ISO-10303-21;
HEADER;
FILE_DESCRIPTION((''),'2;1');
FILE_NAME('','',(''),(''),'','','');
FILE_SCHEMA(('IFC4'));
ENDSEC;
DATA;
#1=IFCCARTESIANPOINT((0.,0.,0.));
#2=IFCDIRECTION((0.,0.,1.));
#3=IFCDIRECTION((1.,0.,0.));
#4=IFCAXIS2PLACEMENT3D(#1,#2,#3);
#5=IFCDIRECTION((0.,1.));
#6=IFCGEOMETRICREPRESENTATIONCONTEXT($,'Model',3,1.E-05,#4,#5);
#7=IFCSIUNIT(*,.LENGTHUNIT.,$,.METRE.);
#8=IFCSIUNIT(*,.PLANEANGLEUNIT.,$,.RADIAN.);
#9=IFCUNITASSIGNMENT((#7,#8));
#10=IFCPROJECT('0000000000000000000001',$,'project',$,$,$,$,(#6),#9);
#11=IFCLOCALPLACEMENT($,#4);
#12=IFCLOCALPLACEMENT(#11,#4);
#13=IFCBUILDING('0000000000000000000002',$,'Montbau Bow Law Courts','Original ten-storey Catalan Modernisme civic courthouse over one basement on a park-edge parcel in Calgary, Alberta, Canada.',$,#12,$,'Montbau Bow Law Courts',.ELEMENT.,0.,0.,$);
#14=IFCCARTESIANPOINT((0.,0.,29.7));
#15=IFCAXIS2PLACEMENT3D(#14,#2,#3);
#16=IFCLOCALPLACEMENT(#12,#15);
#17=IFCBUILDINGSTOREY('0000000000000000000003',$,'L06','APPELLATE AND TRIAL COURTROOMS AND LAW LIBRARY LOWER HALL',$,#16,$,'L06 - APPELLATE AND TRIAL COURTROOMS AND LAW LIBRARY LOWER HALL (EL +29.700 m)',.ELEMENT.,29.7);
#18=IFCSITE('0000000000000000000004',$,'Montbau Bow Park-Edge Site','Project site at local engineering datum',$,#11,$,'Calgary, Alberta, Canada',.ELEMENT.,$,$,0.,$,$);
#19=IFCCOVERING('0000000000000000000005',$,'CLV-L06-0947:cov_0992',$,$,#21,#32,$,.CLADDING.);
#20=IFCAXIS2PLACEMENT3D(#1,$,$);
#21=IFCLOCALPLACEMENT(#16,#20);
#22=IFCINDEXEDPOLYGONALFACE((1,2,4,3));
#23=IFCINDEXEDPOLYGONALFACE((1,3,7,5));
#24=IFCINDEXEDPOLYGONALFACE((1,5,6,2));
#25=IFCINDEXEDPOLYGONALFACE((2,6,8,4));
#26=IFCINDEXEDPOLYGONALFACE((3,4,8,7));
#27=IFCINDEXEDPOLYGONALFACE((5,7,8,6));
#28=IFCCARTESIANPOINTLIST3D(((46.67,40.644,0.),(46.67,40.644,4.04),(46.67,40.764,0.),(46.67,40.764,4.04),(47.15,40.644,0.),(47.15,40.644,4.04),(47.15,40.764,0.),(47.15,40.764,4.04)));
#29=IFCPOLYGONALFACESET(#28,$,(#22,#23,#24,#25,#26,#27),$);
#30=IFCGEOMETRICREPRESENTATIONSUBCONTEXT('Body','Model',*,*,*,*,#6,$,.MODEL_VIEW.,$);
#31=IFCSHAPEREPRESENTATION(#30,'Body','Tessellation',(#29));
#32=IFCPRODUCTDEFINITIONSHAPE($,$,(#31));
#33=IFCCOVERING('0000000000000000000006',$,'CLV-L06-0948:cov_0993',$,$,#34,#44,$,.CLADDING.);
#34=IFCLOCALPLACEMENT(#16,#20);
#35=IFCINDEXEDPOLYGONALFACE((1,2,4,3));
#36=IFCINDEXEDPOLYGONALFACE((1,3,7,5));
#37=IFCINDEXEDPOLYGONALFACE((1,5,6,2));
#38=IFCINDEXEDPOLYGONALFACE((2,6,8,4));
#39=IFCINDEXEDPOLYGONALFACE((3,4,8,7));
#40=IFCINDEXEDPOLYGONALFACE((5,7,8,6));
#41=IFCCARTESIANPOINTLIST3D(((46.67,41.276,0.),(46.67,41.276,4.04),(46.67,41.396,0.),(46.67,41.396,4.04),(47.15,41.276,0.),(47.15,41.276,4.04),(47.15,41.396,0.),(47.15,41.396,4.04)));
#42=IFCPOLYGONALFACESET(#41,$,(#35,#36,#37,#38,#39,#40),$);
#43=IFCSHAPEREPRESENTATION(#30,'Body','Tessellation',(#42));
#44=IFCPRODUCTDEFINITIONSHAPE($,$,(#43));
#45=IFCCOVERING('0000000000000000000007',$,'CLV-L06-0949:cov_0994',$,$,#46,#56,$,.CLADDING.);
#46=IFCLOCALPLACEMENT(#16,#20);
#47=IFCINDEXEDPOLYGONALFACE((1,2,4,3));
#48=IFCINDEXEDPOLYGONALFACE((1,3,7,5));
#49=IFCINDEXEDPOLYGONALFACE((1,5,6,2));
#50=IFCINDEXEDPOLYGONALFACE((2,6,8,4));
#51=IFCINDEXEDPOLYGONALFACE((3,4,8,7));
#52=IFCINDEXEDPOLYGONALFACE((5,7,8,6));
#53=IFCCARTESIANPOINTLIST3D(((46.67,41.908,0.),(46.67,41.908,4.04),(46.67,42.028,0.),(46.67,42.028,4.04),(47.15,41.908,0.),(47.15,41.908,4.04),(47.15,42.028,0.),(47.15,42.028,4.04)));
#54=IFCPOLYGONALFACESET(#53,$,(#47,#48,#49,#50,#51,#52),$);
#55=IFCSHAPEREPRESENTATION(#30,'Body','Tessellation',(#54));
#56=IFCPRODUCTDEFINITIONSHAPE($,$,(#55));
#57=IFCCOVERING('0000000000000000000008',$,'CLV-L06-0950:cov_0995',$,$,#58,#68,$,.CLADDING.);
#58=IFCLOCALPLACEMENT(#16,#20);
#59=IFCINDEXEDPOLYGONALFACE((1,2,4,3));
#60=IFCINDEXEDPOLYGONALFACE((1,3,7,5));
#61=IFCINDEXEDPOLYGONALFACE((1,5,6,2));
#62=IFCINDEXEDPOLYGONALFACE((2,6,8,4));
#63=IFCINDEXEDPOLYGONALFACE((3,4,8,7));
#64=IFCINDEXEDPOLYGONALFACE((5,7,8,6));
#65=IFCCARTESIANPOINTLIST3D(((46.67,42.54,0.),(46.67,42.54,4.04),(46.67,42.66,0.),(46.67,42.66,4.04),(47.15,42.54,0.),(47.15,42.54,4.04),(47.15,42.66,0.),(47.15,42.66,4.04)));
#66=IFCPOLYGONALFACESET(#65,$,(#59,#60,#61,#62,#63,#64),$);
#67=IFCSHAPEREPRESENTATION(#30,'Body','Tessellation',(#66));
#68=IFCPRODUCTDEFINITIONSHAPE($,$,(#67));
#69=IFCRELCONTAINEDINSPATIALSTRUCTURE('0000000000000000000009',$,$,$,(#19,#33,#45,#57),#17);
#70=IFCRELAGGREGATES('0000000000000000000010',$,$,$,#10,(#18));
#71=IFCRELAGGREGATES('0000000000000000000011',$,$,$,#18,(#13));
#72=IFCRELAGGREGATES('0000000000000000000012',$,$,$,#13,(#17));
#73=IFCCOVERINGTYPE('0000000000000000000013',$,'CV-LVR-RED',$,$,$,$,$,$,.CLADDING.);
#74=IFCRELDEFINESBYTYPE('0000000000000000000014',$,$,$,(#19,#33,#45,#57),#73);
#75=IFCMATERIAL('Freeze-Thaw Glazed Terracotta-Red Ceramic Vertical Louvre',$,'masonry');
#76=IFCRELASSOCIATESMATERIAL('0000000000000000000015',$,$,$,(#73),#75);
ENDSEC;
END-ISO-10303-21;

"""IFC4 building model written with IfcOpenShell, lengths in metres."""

from ifc_helpers import new_model, si_unit, direction, frame, frame_2d, origin_with_axes, place, context, subcontext, project, spatial, rectangle, extrude, material, type_object, element, save


model = new_model("IFC4")

# Units and contexts
model_context = context("Model", 3, precision=1e-05, world=origin_with_axes(), true_north=direction((0.0, 1.0)))
body_context = subcontext(model_context, "Body", "Model", "MODEL_VIEW")
ifc_project = project(units=[si_unit("LENGTHUNIT", "METRE"), si_unit("PLANEANGLEUNIT", "RADIAN")], contexts=[model_context])

# Site, building, storey
site_placement = place(None, origin_with_axes())
site = spatial("IfcSite", under=ifc_project, at=site_placement, Name="Montbau Bow Park-Edge Site", Description="Project site at local engineering datum", LongName="Calgary, Alberta, Canada", CompositionType="ELEMENT", RefElevation=0.0)
building_placement = place(site_placement, origin_with_axes())
building = spatial("IfcBuilding", under=site, at=building_placement, Name="Montbau Bow Law Courts", Description="Original ten-storey Catalan Modernisme civic courthouse over one basement on a park-edge parcel in Calgary, Alberta, Canada.", LongName="Montbau Bow Law Courts", CompositionType="ELEMENT", ElevationOfRefHeight=0.0, ElevationOfTerrain=0.0)
storey_placement = place(building_placement, frame((0.0, 0.0, 29.7), z_axis=(0.0, 0.0, 1.0), x_axis=(1.0, 0.0, 0.0)))
storey = spatial("IfcBuildingStorey", under=building, at=storey_placement, Name="L06", Description="APPELLATE AND TRIAL COURTROOMS AND LAW LIBRARY LOWER HALL", LongName="L06 - APPELLATE AND TRIAL COURTROOMS AND LAW LIBRARY LOWER HALL (EL +29.700 m)", CompositionType="ELEMENT", Elevation=29.7)

# Coverings
ifc_material_1 = material(Name="Freeze-Thaw Glazed Terracotta-Red Ceramic Vertical Louvre", Category="masonry")
covering_type = type_object("IfcCoveringType", Name="CV-LVR-RED", PredefinedType="CLADDING", material=ifc_material_1)
for number, where, z_axis, x_axis, name in (
    (1, (46.67, 40.704, 29.7), (0.0, -1.0, 0.0), (1.0, 0.0, 0.0), "CLV-L06-0947:cov_0992"),
    (2, (46.67, 41.336, 29.7), (0.0, -1.0, 0.0), (1.0, 0.0, 0.0), "CLV-L06-0948:cov_0993"),
    (3, (46.67, 41.968, 29.7), (0.0, -1.0, 0.0), (1.0, 0.0, 0.0), "CLV-L06-0949:cov_0994"),
    (4, (46.67, 42.6, 29.7), (0.0, -1.0, 0.0), (1.0, 0.0, 0.0), "CLV-L06-0950:cov_0995"),
):
    element("IfcCovering", number, at=place(None, frame(where, z_axis=z_axis, x_axis=x_axis)), inside=storey, type_object=covering_type, Name=name, PredefinedType="CLADDING", context=body_context, shape_type="SweptSolid", body=[
        extrude(rectangle(XDim=0.48, YDim=4.04, at=frame_2d((0.24, 2.02), x_axis=(1.0, 0.0))), frame((0.0, 0.0, -0.06), z_axis=(0.0, 0.0, 1.0), x_axis=(1.0, 0.0, 0.0)), (0.0, 0.0, 1.0), 0.12),
    ])

save(model, "model.ifc")
